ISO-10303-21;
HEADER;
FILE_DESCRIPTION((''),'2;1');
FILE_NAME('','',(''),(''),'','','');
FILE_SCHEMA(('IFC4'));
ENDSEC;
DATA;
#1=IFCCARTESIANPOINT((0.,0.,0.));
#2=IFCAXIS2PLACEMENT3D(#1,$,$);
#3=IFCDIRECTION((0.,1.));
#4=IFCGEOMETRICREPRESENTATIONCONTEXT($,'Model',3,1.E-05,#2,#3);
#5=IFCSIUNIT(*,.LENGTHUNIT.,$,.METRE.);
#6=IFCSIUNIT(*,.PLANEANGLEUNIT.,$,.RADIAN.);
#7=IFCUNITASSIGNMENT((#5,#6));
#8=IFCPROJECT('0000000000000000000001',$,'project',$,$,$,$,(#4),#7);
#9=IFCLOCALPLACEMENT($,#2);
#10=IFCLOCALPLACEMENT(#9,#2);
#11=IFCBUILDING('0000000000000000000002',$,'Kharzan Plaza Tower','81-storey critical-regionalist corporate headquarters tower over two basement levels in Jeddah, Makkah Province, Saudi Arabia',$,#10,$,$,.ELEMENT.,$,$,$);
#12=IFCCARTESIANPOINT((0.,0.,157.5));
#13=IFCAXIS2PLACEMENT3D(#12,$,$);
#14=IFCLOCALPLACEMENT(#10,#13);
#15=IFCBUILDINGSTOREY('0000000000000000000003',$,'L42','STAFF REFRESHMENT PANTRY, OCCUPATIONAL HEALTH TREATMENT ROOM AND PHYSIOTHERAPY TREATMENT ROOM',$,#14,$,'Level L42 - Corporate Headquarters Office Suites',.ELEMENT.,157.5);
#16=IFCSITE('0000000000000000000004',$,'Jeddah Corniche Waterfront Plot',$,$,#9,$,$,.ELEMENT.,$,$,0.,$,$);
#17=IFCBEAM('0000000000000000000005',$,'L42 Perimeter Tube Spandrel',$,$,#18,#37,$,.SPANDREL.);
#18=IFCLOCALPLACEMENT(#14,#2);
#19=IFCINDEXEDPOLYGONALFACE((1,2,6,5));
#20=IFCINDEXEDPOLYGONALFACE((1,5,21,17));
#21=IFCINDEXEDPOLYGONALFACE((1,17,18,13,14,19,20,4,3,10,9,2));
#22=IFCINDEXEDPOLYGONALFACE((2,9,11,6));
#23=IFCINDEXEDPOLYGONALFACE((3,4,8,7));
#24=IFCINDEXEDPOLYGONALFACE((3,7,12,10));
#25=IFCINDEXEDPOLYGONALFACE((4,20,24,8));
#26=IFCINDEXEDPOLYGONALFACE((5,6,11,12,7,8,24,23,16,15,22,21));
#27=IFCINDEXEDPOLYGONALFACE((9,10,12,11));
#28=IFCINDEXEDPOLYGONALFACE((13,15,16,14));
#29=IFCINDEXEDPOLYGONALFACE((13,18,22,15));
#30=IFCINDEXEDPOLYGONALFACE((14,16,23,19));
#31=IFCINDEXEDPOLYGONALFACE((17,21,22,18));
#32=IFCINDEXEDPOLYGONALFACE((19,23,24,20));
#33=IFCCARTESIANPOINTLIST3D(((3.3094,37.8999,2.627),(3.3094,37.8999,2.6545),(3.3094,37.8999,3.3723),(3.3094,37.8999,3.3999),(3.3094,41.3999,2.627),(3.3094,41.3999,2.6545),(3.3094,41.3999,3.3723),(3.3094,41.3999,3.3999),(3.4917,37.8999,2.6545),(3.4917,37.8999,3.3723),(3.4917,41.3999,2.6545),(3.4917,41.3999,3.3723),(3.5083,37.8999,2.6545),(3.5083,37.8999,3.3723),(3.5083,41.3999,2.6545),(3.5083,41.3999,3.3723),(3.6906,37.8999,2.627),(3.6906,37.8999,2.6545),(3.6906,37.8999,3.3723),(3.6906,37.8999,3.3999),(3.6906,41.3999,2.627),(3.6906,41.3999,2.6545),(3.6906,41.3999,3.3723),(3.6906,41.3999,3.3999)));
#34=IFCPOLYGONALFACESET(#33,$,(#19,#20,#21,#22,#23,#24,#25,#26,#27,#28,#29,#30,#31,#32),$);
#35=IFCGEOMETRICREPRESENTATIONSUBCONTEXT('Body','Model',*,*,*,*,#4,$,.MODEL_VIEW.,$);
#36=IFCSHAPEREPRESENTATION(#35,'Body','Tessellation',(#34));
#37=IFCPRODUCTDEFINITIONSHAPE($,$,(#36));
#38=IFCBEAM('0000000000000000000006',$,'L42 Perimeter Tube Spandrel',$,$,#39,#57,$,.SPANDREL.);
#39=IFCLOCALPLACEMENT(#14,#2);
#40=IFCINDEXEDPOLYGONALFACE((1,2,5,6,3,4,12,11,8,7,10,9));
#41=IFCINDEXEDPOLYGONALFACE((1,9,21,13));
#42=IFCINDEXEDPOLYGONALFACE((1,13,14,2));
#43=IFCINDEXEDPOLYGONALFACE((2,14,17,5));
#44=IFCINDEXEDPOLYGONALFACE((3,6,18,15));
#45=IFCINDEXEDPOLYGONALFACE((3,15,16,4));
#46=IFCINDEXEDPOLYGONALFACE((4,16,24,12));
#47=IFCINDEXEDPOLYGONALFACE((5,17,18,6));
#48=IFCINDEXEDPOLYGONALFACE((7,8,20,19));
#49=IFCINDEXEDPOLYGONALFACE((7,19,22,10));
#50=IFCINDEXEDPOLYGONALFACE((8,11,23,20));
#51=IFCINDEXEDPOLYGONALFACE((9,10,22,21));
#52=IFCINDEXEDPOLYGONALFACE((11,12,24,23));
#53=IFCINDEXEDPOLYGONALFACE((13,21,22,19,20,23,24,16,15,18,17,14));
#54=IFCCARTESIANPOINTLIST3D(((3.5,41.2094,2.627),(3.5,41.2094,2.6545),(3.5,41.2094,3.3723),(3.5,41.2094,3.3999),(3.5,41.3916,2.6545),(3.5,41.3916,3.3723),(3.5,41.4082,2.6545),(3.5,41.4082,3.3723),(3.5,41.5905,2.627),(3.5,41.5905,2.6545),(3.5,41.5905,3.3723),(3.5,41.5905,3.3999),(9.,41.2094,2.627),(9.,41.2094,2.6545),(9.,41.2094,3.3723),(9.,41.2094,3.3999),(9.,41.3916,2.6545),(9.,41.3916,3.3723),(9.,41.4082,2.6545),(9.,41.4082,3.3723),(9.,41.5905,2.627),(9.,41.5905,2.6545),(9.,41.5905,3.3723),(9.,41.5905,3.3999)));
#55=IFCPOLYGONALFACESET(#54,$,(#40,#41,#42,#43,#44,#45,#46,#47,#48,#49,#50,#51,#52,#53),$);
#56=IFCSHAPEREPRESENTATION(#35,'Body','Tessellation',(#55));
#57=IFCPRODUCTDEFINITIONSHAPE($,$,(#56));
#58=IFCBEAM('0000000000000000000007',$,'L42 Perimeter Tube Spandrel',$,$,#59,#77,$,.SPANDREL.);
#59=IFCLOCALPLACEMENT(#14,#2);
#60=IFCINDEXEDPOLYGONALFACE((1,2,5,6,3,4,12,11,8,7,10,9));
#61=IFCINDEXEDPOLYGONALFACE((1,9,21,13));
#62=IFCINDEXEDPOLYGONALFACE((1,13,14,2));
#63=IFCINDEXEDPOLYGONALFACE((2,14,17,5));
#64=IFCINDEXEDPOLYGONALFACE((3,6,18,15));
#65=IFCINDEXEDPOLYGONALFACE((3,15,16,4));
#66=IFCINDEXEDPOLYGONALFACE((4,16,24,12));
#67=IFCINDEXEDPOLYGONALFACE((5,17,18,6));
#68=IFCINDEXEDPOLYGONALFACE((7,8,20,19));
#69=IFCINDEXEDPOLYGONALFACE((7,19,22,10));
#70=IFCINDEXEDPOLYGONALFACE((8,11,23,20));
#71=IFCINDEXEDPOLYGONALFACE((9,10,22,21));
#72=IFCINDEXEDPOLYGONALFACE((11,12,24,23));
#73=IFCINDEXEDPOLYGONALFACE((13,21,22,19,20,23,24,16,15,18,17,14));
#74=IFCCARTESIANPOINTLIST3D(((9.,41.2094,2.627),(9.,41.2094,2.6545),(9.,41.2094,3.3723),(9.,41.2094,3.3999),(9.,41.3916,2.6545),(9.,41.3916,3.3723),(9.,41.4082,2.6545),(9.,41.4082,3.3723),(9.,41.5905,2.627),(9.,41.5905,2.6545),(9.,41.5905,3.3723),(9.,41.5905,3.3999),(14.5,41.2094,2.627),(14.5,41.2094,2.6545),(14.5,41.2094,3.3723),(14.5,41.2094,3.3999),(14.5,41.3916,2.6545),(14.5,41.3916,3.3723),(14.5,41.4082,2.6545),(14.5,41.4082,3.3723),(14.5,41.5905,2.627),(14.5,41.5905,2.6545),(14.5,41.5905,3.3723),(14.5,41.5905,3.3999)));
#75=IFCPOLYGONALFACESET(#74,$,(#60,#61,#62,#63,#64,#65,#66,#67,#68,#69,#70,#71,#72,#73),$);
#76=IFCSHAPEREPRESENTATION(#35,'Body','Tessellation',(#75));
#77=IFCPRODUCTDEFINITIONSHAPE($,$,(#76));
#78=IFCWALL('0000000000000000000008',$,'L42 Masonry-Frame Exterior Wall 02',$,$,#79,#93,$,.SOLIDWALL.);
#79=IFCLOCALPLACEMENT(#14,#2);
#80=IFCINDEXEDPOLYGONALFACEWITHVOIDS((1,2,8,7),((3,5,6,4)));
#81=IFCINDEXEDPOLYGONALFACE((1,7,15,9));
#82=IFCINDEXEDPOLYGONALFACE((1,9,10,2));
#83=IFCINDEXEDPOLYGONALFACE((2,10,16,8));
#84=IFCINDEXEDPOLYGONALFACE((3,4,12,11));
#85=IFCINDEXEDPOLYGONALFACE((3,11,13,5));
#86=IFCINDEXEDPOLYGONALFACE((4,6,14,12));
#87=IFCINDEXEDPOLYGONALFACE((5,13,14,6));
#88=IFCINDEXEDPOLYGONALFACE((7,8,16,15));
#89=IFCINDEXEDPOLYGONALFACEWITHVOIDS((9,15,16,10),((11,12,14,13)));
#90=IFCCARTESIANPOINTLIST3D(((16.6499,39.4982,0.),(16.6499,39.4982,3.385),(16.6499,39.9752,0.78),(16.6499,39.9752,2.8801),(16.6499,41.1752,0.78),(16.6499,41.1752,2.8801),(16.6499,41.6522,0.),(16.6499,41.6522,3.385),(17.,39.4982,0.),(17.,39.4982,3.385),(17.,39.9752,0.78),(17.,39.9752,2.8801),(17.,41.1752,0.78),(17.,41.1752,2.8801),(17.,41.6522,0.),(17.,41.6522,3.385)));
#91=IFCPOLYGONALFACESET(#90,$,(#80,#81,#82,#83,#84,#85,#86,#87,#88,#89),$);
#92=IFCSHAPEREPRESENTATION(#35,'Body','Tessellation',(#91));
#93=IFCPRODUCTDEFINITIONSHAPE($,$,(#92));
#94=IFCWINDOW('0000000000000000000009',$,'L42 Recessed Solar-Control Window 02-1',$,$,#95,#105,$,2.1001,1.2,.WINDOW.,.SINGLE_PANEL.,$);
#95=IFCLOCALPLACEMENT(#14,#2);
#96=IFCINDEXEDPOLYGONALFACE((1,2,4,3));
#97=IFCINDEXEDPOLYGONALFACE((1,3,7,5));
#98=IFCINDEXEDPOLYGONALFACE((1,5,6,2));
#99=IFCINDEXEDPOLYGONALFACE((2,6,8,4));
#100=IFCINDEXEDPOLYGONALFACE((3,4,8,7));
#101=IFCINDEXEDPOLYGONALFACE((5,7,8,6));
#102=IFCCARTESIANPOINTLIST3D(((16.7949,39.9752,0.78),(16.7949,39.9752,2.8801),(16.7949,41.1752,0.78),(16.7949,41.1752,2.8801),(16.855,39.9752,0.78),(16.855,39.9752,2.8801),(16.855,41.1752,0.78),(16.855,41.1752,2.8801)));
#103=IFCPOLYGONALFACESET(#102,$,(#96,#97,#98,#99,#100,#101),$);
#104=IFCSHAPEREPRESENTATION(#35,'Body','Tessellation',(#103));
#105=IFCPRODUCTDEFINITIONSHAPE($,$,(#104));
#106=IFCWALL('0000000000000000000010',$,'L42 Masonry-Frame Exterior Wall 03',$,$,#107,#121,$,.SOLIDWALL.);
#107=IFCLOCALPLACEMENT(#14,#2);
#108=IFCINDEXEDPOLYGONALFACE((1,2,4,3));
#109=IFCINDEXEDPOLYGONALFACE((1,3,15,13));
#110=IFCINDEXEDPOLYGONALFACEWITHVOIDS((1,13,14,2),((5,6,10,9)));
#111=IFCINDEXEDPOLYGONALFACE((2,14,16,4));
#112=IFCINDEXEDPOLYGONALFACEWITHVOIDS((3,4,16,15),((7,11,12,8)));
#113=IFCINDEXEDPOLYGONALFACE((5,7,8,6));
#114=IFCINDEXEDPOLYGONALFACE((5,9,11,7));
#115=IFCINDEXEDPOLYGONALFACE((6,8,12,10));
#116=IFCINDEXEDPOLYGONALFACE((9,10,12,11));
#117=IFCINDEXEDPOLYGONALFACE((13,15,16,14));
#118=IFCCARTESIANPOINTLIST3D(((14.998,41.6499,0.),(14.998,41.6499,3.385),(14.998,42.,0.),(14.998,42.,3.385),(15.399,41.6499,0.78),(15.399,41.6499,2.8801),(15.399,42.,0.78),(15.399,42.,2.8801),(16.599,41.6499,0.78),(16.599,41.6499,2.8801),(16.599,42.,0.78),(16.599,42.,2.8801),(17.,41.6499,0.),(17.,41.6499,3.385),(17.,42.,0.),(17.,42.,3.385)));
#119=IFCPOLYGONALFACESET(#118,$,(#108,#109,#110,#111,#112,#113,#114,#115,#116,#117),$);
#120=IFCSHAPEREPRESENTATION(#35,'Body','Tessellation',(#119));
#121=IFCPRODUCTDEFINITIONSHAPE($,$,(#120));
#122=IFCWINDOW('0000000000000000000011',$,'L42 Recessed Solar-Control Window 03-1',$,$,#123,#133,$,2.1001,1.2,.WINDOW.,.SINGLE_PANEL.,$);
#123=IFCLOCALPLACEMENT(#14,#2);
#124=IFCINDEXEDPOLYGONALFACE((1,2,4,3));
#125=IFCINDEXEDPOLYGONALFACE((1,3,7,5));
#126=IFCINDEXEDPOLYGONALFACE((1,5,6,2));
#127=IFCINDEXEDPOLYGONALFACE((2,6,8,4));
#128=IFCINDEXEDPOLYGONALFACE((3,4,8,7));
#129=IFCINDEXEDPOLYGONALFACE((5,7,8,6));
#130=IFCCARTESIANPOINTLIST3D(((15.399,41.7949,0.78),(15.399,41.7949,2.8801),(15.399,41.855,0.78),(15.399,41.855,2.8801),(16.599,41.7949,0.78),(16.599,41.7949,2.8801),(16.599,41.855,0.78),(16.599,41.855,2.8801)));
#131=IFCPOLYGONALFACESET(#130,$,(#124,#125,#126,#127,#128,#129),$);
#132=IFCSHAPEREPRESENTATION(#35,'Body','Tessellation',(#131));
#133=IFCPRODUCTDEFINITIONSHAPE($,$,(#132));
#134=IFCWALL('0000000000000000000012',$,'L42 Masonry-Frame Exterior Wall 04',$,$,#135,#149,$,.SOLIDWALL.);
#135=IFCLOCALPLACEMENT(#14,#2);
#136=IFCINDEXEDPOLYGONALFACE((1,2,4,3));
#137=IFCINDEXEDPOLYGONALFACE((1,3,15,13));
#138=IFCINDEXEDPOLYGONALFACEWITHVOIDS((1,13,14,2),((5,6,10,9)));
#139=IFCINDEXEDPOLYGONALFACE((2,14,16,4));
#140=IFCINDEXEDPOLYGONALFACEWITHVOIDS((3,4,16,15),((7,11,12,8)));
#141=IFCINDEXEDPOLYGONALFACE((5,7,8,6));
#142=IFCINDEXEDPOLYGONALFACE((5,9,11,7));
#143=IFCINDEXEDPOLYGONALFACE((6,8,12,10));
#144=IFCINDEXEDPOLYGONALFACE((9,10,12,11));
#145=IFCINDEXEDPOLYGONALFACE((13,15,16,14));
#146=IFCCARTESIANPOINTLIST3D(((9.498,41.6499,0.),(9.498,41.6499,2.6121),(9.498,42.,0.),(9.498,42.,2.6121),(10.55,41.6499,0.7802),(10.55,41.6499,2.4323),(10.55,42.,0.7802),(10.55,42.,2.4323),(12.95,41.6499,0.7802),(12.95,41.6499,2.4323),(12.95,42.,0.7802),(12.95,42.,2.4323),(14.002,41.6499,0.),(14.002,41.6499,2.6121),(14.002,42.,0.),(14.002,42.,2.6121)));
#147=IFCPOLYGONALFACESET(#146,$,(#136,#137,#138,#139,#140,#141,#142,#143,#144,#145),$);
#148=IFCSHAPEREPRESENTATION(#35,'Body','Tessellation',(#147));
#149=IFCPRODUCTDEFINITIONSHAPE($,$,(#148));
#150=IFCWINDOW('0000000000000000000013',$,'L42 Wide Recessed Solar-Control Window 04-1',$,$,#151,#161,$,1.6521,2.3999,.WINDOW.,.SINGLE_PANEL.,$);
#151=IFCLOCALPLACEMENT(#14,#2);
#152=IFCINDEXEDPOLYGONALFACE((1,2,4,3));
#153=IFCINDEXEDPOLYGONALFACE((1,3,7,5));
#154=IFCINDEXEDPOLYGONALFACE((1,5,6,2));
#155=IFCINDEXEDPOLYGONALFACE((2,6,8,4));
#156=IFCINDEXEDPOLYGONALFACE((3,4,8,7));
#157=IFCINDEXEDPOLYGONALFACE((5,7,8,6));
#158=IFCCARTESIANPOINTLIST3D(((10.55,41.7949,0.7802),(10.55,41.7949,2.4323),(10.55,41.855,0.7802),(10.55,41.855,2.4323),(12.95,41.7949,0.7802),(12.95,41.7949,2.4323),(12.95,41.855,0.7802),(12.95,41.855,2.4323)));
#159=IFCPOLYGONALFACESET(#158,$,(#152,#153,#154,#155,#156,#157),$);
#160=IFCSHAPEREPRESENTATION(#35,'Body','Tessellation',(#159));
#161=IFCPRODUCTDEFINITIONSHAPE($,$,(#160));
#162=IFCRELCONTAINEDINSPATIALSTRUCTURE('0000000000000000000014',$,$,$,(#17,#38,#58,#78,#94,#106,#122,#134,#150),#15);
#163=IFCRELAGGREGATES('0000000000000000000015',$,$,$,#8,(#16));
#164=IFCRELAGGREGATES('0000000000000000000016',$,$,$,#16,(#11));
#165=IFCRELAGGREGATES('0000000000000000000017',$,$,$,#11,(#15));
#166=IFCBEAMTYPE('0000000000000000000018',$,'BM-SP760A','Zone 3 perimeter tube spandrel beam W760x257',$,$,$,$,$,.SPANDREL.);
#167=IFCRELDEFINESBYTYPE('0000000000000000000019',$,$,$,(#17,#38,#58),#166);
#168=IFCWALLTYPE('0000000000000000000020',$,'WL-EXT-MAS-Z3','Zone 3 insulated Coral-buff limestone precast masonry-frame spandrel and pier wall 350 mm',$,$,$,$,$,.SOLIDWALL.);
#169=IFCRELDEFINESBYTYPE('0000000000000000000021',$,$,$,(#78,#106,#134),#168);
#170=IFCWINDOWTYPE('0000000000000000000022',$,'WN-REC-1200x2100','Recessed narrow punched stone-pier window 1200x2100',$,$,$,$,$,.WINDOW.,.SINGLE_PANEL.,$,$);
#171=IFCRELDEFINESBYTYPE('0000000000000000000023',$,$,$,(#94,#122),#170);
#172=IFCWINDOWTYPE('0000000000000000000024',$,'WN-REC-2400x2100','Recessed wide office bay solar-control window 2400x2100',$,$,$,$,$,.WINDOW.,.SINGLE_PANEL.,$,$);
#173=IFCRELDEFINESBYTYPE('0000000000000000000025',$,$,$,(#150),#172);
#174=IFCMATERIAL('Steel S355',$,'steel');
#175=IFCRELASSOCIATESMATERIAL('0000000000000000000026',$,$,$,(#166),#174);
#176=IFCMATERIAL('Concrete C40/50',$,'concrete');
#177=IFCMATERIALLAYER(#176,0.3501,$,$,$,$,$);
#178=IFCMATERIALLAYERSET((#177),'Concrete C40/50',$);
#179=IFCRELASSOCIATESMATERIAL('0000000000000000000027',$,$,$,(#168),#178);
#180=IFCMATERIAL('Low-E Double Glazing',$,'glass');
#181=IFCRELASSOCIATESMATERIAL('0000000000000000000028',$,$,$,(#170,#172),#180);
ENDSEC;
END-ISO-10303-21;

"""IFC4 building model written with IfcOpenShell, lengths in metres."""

from ifc_helpers import new_model, si_unit, direction, frame, frame_2d, origin, origin_2d, place, context, subcontext, project, spatial, rectangle, i_section, extrude, source, transform, mapped, material, layer, layer_set, material_profile, profile_set, type_object, element, fill, save


model = new_model("IFC4")

# Units and contexts
model_context = context("Model", 3, precision=1e-05, world=origin(), true_north=direction((0.0, 1.0)))
body_context = subcontext(model_context, "Body", "Model", "MODEL_VIEW")
ifc_project = project(units=[si_unit("LENGTHUNIT", "METRE"), si_unit("PLANEANGLEUNIT", "RADIAN")], contexts=[model_context])

# Site, building, storey
site_placement = place(None, origin())
site = spatial("IfcSite", under=ifc_project, at=site_placement, Name="Jeddah Corniche Waterfront Plot", CompositionType="ELEMENT", RefElevation=0.0)
building_placement = place(site_placement, origin())
building = spatial("IfcBuilding", under=site, at=building_placement, Name="Kharzan Plaza Tower", Description="81-storey critical-regionalist corporate headquarters tower over two basement levels in Jeddah, Makkah Province, Saudi Arabia", CompositionType="ELEMENT")
storey_placement = place(building_placement, frame((0.0, 0.0, 157.5)))
storey = spatial("IfcBuildingStorey", under=building, at=storey_placement, Name="L42", Description="STAFF REFRESHMENT PANTRY, OCCUPATIONAL HEALTH TREATMENT ROOM AND PHYSIOTHERAPY TREATMENT ROOM", LongName="Level L42 - Corporate Headquarters Office Suites", CompositionType="ELEMENT", Elevation=157.5)

# Beams
ifc_material_1 = material(Name="Steel S355", Category="steel")
ifc_material_profile_1 = material_profile(ifc_material_1, i_section(OverallWidth=0.3811, OverallDepth=0.7729, WebThickness=0.0166, FlangeThickness=0.0276, at=origin_2d()), Name="W760x257")
ifc_profile_set_1 = profile_set([ifc_material_profile_1], Name="Steel S355")
beam_type_1 = type_object("IfcBeamType", Name="BM-SP760A", Description="Zone 3 perimeter tube spandrel beam W760x257", PredefinedType="SPANDREL", material=ifc_profile_set_1)
shared_shape_1 = source(origin(), body_context, "Body", "SweptSolid", [
    extrude(i_section(OverallWidth=0.3811, OverallDepth=0.7729, WebThickness=0.0166, FlangeThickness=0.0276, at=origin_2d()), origin(), (0.0, 0.0, 1.0), 3.5),
])
beam_1_placement = place(storey_placement, frame((3.5, 37.8999, 3.0134), z_axis=(0.0, 1.0, 0.0), x_axis=(-1.0, 0.0, 0.0)))
element("IfcBeam", 1, at=beam_1_placement, inside=storey, type_object=beam_type_1, Name="L42 Perimeter Tube Spandrel", PredefinedType="SPANDREL", context=body_context, shape_type="MappedRepresentation", body=[
    mapped(shared_shape_1, transform((0.0, 0.0, 0.0), x_axis=(1.0, 0.0, 0.0), y_axis=(0.0, 1.0, 0.0), z_axis=(0.0, 0.0, 1.0))),
])
shared_shape_2 = source(origin(), body_context, "Body", "SweptSolid", [
    extrude(i_section(OverallWidth=0.3811, OverallDepth=0.7729, WebThickness=0.0166, FlangeThickness=0.0276, at=origin_2d()), origin(), (0.0, 0.0, 1.0), 5.5),
])
for number, where, z_axis, x_axis, name in (
    (2, (3.5, 41.3999, 3.0134), (1.0, 0.0, 0.0), (0.0, 1.0, 0.0), "L42 Perimeter Tube Spandrel"),
    (3, (9.0, 41.3999, 3.0134), (1.0, 0.0, 0.0), (0.0, 1.0, 0.0), "L42 Perimeter Tube Spandrel"),
):
    element("IfcBeam", number, at=place(storey_placement, frame(where, z_axis=z_axis, x_axis=x_axis)), inside=storey, type_object=beam_type_1, Name=name, PredefinedType="SPANDREL", context=body_context, shape_type="MappedRepresentation", body=[
        mapped(shared_shape_2, transform((0.0, 0.0, 0.0), x_axis=(1.0, 0.0, 0.0), y_axis=(0.0, 1.0, 0.0), z_axis=(0.0, 0.0, 1.0))),
    ])

# Walls, openings, windows
ifc_material_2 = material(Name="Concrete C40/50", Category="concrete")
ifc_layer_1 = layer(ifc_material_2, 0.3501)
ifc_layer_set_1 = layer_set([ifc_layer_1], Name="Concrete C40/50")
wall_type_1 = type_object("IfcWallType", Name="WL-EXT-MAS-Z3", Description="Zone 3 insulated Coral-buff limestone precast masonry-frame spandrel and pier wall 350 mm", PredefinedType="SOLIDWALL", material=ifc_layer_set_1)
wall_1_placement = place(storey_placement, frame((16.825, 39.498, 0.0), z_axis=(0.0, 0.0, 1.0), x_axis=(0.0, 1.0, 0.0)))
wall_1 = element("IfcWall", 4, at=wall_1_placement, inside=storey, type_object=wall_type_1, Name="L42 Masonry-Frame Exterior Wall 02", PredefinedType="SOLIDWALL", context=body_context, shape_type="SweptSolid", body=[
    extrude(rectangle(XDim=2.1541, YDim=0.3501, at=frame_2d((1.0771, 0.0))), origin(), (0.0, 0.0, 1.0), 3.385),
])
opening_1_placement = place(wall_1_placement, frame((0.4771, 0.0, 0.78)))
opening_1 = element("IfcOpeningElement", 5, at=opening_1_placement, cuts=wall_1, PredefinedType="OPENING", context=body_context, shape_type="SweptSolid", body=[
    extrude(rectangle(XDim=1.2, YDim=2.1001, at=frame_2d((0.6001, 1.05))), frame((0.0, 0.1851, 0.0), z_axis=(0.0, -1.0, 0.0), x_axis=(1.0, 0.0, 0.0)), (0.0, 0.0, 1.0), 0.3701),
])
ifc_material_3 = material(Name="Low-E Double Glazing", Category="glass")
window_type_1 = type_object("IfcWindowType", Name="WN-REC-1200x2100", Description="Recessed narrow punched stone-pier window 1200x2100", PartitioningType="SINGLE_PANEL", PredefinedType="WINDOW", material=ifc_material_3)
shared_shape_3 = source(origin(), body_context, "Body", "SweptSolid", [
    extrude(rectangle(XDim=1.2, YDim=2.1001, at=frame_2d((0.6001, 1.05))), frame((0.0, 0.03, 0.0), z_axis=(0.0, -1.0, 0.0), x_axis=(1.0, 0.0, 0.0)), (0.0, 0.0, 1.0), 0.0601),
])
window_1_placement = place(opening_1_placement, origin())
window_1 = element("IfcWindow", 6, at=window_1_placement, inside=storey, type_object=window_type_1, Name="L42 Recessed Solar-Control Window 02-1", OverallHeight=2.1001, OverallWidth=1.2, PartitioningType="SINGLE_PANEL", PredefinedType="WINDOW", context=body_context, shape_type="MappedRepresentation", body=[
    mapped(shared_shape_3, transform((0.0, 0.0, 0.0), x_axis=(1.0, 0.0, 0.0), y_axis=(0.0, 1.0, 0.0), z_axis=(0.0, 0.0, 1.0))),
])
fill(opening_1, window_1)
wall_2_placement = place(storey_placement, frame((17.0, 41.825, 0.0), z_axis=(0.0, 0.0, 1.0), x_axis=(-1.0, 0.0, 0.0)))
wall_2 = element("IfcWall", 7, at=wall_2_placement, inside=storey, type_object=wall_type_1, Name="L42 Masonry-Frame Exterior Wall 03", PredefinedType="SOLIDWALL", context=body_context, shape_type="SweptSolid", body=[
    extrude(rectangle(XDim=2.002, YDim=0.3501, at=frame_2d((1.001, 0.0))), origin(), (0.0, 0.0, 1.0), 3.385),
])
opening_2_placement = place(wall_2_placement, frame((0.4009, 0.0, 0.78)))
opening_2 = element("IfcOpeningElement", 8, at=opening_2_placement, cuts=wall_2, PredefinedType="OPENING", context=body_context, shape_type="SweptSolid", body=[
    extrude(rectangle(XDim=1.2, YDim=2.1001, at=frame_2d((0.6001, 1.05))), frame((0.0, 0.1851, 0.0), z_axis=(0.0, -1.0, 0.0), x_axis=(1.0, 0.0, 0.0)), (0.0, 0.0, 1.0), 0.3701),
])
window_2_placement = place(opening_2_placement, origin())
window_2 = element("IfcWindow", 9, at=window_2_placement, inside=storey, type_object=window_type_1, Name="L42 Recessed Solar-Control Window 03-1", OverallHeight=2.1001, OverallWidth=1.2, PartitioningType="SINGLE_PANEL", PredefinedType="WINDOW", context=body_context, shape_type="MappedRepresentation", body=[
    mapped(shared_shape_3, transform((0.0, 0.0, 0.0), x_axis=(1.0, 0.0, 0.0), y_axis=(0.0, 1.0, 0.0), z_axis=(0.0, 0.0, 1.0))),
])
fill(opening_2, window_2)
wall_3_placement = place(storey_placement, frame((14.002, 41.825, 0.0), z_axis=(0.0, 0.0, 1.0), x_axis=(-1.0, 0.0, 0.0)))
wall_3 = element("IfcWall", 10, at=wall_3_placement, inside=storey, type_object=wall_type_1, Name="L42 Masonry-Frame Exterior Wall 04", PredefinedType="SOLIDWALL", context=body_context, shape_type="SweptSolid", body=[
    extrude(rectangle(XDim=4.5039, YDim=0.3501, at=frame_2d((2.252, 0.0))), origin(), (0.0, 0.0, 1.0), 2.6121),
])
opening_3_placement = place(wall_3_placement, frame((1.052, 0.0, 0.78)))
opening_3 = element("IfcOpeningElement", 11, at=opening_3_placement, cuts=wall_3, PredefinedType="OPENING", context=body_context, shape_type="SweptSolid", body=[
    extrude(rectangle(XDim=2.3999, YDim=1.6521, at=frame_2d((1.2, 0.8262))), frame((0.0, 0.1851, 0.0), z_axis=(0.0, -1.0, 0.0), x_axis=(1.0, 0.0, 0.0)), (0.0, 0.0, 1.0), 0.3701),
])
window_type_2 = type_object("IfcWindowType", Name="WN-REC-2400x2100", Description="Recessed wide office bay solar-control window 2400x2100", PartitioningType="SINGLE_PANEL", PredefinedType="WINDOW", material=ifc_material_3)
shared_shape_4 = source(origin(), body_context, "Body", "SweptSolid", [
    extrude(rectangle(XDim=2.3999, YDim=1.6521, at=frame_2d((1.2, 0.8262))), frame((0.0, 0.03, 0.0), z_axis=(0.0, -1.0, 0.0), x_axis=(1.0, 0.0, 0.0)), (0.0, 0.0, 1.0), 0.0601),
])
window_3_placement = place(opening_3_placement, origin())
window_3 = element("IfcWindow", 12, at=window_3_placement, inside=storey, type_object=window_type_2, Name="L42 Wide Recessed Solar-Control Window 04-1", OverallHeight=1.6521, OverallWidth=2.3999, PartitioningType="SINGLE_PANEL", PredefinedType="WINDOW", context=body_context, shape_type="MappedRepresentation", body=[
    mapped(shared_shape_4, transform((0.0, 0.0, 0.0), x_axis=(1.0, 0.0, 0.0), y_axis=(0.0, 1.0, 0.0), z_axis=(0.0, 0.0, 1.0))),
])
fill(opening_3, window_3)

save(model, "model.ifc")
